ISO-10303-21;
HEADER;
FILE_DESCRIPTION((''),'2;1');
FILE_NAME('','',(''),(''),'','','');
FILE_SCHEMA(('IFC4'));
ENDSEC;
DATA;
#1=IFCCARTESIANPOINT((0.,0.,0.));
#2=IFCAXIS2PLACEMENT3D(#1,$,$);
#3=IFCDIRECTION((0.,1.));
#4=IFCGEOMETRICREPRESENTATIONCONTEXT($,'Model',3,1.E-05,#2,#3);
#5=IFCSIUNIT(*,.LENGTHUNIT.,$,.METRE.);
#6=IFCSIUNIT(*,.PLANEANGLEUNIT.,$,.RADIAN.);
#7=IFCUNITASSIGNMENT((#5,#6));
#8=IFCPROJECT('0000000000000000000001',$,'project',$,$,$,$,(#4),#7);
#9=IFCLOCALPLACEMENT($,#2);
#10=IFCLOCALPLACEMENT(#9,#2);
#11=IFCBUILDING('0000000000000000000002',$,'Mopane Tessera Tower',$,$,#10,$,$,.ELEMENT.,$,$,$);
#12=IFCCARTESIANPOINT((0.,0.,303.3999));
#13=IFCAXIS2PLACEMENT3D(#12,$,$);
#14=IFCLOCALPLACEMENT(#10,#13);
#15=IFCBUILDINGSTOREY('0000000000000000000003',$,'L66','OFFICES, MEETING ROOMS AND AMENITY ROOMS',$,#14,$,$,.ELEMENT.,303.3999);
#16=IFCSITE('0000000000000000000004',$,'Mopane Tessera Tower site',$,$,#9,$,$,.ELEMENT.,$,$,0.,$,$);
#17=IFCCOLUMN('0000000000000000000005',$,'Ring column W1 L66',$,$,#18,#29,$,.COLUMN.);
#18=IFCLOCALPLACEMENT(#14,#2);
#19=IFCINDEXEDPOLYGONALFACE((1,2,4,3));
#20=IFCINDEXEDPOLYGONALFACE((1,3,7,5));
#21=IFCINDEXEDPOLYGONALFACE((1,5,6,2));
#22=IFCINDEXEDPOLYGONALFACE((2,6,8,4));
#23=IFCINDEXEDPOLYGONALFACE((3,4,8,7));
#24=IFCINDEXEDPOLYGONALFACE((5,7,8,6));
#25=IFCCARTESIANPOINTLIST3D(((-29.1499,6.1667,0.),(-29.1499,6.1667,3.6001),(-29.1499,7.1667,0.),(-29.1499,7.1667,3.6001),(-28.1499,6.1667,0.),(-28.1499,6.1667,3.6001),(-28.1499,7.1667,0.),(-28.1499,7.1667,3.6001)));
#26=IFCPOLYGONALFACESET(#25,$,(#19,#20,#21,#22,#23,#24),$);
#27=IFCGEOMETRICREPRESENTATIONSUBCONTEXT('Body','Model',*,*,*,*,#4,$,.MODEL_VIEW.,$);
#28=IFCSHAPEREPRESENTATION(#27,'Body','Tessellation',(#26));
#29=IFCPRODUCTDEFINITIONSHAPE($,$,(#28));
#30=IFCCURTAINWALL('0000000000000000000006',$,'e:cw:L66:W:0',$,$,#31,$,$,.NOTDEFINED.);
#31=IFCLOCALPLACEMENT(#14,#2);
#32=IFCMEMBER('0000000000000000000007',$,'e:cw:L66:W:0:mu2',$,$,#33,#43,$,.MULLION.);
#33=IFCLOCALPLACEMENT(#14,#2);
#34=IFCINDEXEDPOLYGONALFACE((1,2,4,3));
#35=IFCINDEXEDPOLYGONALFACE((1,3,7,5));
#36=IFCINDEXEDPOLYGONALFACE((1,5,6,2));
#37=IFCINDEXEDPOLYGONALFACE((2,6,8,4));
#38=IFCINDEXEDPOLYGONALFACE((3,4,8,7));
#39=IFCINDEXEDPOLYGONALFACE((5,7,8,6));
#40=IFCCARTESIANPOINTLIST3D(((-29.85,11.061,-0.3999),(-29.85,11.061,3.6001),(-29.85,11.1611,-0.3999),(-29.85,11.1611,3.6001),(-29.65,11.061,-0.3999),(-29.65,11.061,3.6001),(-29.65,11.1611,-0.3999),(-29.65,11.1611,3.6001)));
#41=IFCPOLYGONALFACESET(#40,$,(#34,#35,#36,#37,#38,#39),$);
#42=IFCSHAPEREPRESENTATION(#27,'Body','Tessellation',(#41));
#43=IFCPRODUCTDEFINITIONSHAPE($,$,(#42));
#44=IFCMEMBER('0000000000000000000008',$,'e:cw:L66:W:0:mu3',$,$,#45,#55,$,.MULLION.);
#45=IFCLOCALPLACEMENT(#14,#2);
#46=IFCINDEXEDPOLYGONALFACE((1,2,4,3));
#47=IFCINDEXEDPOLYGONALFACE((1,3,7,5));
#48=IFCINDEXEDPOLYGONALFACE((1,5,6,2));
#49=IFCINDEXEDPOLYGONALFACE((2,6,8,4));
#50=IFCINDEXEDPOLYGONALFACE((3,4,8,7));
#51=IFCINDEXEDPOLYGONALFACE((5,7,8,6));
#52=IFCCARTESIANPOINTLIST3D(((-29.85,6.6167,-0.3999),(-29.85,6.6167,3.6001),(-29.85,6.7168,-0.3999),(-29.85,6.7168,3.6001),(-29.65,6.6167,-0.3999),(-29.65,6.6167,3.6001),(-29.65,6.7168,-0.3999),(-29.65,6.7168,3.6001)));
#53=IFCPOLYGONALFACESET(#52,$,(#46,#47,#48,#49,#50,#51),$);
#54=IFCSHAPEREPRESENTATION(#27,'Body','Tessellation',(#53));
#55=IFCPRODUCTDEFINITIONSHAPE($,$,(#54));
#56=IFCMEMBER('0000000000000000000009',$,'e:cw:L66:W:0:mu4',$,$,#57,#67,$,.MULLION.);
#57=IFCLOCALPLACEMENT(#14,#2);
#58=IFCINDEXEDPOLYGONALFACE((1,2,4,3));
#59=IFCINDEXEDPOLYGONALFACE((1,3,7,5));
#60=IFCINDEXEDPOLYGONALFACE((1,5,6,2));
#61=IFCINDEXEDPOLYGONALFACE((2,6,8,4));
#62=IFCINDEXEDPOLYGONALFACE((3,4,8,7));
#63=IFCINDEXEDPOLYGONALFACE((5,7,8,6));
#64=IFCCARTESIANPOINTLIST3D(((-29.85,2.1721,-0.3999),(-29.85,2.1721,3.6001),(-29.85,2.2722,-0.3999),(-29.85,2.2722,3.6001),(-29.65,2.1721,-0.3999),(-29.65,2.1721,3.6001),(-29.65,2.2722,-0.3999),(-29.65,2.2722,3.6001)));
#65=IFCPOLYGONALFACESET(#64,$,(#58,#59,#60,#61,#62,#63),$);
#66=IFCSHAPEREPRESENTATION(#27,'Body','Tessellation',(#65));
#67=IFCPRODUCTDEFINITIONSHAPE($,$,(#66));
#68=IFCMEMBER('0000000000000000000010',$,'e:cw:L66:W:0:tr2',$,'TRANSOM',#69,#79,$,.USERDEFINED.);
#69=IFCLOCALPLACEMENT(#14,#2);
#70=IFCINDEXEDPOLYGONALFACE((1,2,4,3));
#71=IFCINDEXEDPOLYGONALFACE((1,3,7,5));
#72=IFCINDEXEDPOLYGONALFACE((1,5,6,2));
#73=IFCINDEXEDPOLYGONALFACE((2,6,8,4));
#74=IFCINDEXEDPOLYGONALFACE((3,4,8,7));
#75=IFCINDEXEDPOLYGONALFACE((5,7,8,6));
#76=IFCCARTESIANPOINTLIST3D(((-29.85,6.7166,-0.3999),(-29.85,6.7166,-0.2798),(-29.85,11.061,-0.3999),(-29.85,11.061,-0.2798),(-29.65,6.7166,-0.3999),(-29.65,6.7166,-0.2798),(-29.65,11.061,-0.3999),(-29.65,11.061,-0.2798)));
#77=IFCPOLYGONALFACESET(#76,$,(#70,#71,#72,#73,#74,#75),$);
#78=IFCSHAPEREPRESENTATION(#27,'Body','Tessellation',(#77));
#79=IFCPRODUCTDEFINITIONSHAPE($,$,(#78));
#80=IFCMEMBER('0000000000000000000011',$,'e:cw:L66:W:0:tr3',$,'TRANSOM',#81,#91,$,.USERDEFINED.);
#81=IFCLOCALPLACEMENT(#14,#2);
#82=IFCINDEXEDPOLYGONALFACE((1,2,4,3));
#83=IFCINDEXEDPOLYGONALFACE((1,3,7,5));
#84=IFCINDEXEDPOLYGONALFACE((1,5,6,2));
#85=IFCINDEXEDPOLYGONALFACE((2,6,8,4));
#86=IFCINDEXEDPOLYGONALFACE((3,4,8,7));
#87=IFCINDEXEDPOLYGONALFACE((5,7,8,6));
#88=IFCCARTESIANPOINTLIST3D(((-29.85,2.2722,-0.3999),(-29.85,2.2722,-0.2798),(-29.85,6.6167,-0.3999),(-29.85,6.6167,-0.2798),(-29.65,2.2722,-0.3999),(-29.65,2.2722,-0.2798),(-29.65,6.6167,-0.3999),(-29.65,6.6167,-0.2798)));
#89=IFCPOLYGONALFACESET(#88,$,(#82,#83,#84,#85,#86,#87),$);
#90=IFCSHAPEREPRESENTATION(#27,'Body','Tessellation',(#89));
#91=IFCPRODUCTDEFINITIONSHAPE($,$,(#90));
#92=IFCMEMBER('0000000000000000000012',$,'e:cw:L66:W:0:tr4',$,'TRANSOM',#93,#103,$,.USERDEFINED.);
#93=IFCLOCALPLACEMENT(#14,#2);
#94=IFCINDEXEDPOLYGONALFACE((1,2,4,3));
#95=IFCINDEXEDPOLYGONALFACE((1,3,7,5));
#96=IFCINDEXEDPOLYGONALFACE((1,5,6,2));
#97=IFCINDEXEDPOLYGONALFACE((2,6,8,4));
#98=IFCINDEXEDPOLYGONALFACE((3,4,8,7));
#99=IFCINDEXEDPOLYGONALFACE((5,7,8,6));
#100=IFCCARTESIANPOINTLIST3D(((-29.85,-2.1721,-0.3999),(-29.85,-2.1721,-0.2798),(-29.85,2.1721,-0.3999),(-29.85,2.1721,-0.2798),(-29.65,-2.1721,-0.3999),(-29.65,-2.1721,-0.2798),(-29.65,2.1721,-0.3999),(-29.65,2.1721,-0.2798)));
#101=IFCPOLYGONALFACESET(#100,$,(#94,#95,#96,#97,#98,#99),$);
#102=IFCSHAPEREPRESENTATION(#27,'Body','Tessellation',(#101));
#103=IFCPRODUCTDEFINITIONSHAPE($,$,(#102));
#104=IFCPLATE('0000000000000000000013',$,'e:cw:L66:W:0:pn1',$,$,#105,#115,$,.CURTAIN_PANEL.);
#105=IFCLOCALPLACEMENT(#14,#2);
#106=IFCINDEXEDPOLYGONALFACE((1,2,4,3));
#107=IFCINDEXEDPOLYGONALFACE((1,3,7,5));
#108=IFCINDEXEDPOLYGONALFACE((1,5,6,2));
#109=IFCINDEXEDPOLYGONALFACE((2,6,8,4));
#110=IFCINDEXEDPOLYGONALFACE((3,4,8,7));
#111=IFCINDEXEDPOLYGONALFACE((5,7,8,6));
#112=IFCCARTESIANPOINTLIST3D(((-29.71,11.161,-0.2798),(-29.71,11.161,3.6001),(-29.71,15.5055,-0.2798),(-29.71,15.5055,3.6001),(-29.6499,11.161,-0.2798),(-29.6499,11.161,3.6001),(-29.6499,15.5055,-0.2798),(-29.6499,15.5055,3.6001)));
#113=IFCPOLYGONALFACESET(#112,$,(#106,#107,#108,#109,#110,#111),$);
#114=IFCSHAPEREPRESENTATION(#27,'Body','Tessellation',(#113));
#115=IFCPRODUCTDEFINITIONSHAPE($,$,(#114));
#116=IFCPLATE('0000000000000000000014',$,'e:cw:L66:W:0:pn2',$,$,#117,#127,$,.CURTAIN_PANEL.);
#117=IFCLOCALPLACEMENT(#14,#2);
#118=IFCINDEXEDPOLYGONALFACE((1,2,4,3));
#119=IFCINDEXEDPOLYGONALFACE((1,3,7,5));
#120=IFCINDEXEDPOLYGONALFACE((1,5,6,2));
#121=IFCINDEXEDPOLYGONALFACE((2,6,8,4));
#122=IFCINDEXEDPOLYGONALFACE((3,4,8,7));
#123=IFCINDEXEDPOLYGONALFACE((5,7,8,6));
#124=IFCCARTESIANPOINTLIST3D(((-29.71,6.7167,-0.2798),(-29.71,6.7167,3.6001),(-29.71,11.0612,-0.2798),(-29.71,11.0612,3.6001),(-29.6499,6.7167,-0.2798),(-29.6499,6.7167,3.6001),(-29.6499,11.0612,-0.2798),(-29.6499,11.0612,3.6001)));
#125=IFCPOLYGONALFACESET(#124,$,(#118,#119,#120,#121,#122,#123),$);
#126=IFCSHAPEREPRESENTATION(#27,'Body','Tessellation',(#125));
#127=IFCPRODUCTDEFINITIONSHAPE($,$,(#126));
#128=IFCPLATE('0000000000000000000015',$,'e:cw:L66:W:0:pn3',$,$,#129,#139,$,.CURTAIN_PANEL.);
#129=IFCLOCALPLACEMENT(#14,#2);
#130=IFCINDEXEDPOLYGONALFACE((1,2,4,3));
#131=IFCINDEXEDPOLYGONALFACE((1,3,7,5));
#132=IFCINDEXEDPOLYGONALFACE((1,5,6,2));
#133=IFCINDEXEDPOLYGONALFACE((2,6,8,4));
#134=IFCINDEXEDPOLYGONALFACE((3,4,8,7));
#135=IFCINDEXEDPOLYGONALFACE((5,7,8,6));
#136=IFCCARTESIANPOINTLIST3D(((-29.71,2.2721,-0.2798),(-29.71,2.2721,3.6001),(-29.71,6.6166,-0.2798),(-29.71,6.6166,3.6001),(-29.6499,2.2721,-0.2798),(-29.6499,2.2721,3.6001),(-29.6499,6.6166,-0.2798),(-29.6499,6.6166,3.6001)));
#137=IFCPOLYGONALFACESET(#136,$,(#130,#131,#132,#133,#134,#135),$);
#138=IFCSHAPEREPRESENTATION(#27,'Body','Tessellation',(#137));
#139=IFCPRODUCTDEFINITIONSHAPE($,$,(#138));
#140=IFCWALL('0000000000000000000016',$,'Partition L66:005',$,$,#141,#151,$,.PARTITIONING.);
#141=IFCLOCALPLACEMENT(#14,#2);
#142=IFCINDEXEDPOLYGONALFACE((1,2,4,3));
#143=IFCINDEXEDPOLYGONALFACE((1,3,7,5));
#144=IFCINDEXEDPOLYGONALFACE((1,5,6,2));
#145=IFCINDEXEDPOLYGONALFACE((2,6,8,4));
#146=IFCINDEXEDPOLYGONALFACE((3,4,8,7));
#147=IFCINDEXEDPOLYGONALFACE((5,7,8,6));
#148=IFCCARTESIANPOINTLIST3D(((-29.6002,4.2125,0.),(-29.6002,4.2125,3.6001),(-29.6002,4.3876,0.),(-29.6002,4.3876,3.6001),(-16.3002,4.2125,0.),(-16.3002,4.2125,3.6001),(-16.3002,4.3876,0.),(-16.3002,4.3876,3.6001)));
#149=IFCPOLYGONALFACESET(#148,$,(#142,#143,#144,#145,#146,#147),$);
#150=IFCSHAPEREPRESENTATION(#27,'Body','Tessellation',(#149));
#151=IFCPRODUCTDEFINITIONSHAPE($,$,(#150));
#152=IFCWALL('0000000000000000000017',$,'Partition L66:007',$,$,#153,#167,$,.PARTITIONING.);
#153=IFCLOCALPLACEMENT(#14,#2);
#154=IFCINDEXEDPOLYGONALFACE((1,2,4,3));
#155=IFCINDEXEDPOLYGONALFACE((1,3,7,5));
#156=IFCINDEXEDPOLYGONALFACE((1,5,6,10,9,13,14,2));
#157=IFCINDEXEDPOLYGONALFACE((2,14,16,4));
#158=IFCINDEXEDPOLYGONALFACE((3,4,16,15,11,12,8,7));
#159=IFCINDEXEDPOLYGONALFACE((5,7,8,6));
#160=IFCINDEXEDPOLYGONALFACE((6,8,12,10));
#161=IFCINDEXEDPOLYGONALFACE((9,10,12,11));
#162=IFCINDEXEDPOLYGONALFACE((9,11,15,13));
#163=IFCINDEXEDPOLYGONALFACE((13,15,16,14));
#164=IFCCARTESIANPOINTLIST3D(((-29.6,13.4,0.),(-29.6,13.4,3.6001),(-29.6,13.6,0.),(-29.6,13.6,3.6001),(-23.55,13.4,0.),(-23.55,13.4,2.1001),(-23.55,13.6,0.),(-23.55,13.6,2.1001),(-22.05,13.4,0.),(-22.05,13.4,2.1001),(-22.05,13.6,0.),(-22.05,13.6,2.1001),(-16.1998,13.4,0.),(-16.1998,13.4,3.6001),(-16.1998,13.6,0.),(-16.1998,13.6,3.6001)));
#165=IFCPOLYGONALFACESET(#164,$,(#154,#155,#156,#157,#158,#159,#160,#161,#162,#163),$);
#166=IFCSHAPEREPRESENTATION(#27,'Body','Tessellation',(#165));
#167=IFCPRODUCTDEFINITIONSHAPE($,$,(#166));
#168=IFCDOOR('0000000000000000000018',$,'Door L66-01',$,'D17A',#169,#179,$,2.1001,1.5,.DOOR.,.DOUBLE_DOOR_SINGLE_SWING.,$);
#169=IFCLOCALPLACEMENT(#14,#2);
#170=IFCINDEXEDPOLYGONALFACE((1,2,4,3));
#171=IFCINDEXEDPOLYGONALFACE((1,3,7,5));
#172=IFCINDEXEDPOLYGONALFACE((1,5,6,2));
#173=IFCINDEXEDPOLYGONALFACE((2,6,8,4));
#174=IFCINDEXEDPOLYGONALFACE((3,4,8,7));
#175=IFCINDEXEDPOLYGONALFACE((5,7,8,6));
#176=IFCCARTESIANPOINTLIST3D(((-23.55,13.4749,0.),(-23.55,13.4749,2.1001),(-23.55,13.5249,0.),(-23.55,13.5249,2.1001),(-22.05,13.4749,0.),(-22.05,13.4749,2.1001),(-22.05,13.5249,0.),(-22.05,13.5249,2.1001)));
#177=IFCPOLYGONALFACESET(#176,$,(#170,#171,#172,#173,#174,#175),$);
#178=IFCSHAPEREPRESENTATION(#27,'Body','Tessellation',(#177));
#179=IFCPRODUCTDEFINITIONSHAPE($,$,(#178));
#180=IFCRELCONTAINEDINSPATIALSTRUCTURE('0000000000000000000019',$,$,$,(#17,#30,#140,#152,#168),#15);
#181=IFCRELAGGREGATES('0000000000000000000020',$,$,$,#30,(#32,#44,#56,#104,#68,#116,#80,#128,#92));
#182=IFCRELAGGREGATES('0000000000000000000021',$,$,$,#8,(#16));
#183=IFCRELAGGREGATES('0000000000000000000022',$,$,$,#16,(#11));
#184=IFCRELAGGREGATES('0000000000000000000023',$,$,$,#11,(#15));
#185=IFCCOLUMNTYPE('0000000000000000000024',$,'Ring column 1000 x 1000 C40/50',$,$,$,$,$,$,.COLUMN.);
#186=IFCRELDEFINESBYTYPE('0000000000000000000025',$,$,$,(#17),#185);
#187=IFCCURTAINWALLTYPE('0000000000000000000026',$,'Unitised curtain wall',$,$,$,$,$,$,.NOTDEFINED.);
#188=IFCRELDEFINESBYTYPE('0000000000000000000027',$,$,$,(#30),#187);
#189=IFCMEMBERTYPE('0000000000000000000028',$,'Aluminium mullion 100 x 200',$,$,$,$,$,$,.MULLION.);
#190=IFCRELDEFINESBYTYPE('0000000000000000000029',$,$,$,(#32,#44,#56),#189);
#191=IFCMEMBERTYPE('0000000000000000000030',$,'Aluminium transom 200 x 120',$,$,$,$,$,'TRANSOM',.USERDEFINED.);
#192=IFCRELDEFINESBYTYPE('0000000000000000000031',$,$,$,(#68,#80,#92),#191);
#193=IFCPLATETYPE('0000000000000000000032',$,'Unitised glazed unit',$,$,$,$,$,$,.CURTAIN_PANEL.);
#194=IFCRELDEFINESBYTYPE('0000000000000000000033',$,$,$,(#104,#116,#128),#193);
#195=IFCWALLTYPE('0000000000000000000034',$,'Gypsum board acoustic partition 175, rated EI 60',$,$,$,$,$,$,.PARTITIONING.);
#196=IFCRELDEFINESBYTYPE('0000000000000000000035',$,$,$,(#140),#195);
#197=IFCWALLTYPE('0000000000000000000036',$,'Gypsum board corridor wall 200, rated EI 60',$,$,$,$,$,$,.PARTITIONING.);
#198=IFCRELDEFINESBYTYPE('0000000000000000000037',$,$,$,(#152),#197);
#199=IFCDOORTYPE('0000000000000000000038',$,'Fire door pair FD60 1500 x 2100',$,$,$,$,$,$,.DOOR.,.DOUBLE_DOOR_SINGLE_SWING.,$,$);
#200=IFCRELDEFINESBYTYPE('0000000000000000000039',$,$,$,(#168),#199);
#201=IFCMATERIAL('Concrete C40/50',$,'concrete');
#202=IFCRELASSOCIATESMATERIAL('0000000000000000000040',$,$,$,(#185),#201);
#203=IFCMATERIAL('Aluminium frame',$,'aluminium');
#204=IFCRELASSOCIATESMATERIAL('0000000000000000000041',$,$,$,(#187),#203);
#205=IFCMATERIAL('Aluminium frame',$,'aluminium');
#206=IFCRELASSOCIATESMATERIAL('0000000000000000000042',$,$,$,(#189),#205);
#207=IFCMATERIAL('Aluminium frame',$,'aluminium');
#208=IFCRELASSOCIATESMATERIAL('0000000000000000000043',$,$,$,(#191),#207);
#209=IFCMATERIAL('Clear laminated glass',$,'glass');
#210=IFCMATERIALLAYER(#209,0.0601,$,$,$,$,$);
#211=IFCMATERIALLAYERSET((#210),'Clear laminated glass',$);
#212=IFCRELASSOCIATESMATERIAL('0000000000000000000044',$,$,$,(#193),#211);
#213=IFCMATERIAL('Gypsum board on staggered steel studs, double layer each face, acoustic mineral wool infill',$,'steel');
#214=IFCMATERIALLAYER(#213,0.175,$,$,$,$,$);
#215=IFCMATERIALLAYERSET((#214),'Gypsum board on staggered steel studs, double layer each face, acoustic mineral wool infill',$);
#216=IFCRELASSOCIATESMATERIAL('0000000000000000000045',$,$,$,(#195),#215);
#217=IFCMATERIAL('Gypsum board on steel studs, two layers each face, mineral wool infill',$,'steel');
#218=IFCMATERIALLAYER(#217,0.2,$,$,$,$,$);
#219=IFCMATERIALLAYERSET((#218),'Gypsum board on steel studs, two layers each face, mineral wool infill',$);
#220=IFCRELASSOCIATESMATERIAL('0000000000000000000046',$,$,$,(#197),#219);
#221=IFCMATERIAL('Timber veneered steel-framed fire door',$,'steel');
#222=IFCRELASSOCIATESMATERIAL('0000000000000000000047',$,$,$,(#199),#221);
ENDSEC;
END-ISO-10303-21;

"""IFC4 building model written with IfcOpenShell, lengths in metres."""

from ifc_helpers import new_model, si_unit, direction, frame, frame_2d, origin, origin_2d, place, context, subcontext, project, spatial, rectangle, extrude, material, layer, layer_set, material_profile, profile_set, type_object, element, fill, aggregate, save


model = new_model("IFC4")

# Units and contexts
model_context = context("Model", 3, precision=1e-05, world=origin(), true_north=direction((0.0, 1.0)))
body_context = subcontext(model_context, "Body", "Model", "MODEL_VIEW")
ifc_project = project(units=[si_unit("LENGTHUNIT", "METRE"), si_unit("PLANEANGLEUNIT", "RADIAN")], contexts=[model_context])

# Site, building, storey
site_placement = place(None, origin())
site = spatial("IfcSite", under=ifc_project, at=site_placement, Name="Mopane Tessera Tower site", CompositionType="ELEMENT", RefElevation=0.0)
building_placement = place(site_placement, origin())
building = spatial("IfcBuilding", under=site, at=building_placement, Name="Mopane Tessera Tower", CompositionType="ELEMENT")
storey_placement = place(building_placement, frame((0.0, 0.0, 303.3999)))
storey = spatial("IfcBuildingStorey", under=building, at=storey_placement, Name="L66", Description="OFFICES, MEETING ROOMS AND AMENITY ROOMS", CompositionType="ELEMENT", Elevation=303.3999)

# Column
ifc_material_1 = material(Name="Concrete C40/50", Category="concrete")
ifc_material_profile_1 = material_profile(ifc_material_1, rectangle(XDim=1.0, YDim=1.0, at=origin_2d()))
ifc_profile_set_1 = profile_set([ifc_material_profile_1], Name="Concrete C40/50")
column_type = type_object("IfcColumnType", Name="Ring column 1000 x 1000 C40/50", PredefinedType="COLUMN", material=ifc_profile_set_1)
column_placement = place(storey_placement, frame((-28.6499, 6.6667, 0.0), z_axis=(0.0, 0.0, 1.0), x_axis=(1.0, 0.0, 0.0)))
element("IfcColumn", 1, at=column_placement, inside=storey, type_object=column_type, Name="Ring column W1 L66", PredefinedType="COLUMN", context=body_context, shape_type="SweptSolid", body=[
    extrude(rectangle(XDim=1.0, YDim=1.0, at=origin_2d()), origin(), (0.0, 0.0, 1.0), 3.6001),
])

# Curtain wall, members, plates
ifc_material_2 = material(Name="Aluminium frame", Category="aluminium")
curtain_wall_type = type_object("IfcCurtainWallType", Name="Unitised curtain wall", PredefinedType="NOTDEFINED", material=ifc_material_2)
curtain_wall_placement = place(storey_placement, origin())
curtain_wall = element("IfcCurtainWall", 2, at=curtain_wall_placement, inside=storey, type_object=curtain_wall_type, Name="e:cw:L66:W:0", PredefinedType="NOTDEFINED")
ifc_material_3 = material(Name="Aluminium frame", Category="aluminium")
ifc_material_profile_2 = material_profile(ifc_material_3, rectangle(XDim=0.1001, YDim=0.2, at=origin_2d()))
ifc_profile_set_2 = profile_set([ifc_material_profile_2], Name="Aluminium frame")
member_type_1 = type_object("IfcMemberType", Name="Aluminium mullion 100 x 200", PredefinedType="MULLION", material=ifc_profile_set_2)
member_1_placement = place(storey_placement, frame((-29.75, 11.1111, -0.3999), z_axis=(0.0, 0.0, 1.0), x_axis=(0.0, -1.0, 0.0)))
member_1 = element("IfcMember", 3, at=member_1_placement, type_object=member_type_1, Name="e:cw:L66:W:0:mu2", PredefinedType="MULLION", context=body_context, shape_type="SweptSolid", body=[
    extrude(rectangle(XDim=0.1001, YDim=0.2, at=origin_2d()), origin(), (0.0, 0.0, 1.0), 4.0),
])
member_2_placement = place(storey_placement, frame((-29.75, 6.6667, -0.3999), z_axis=(0.0, 0.0, 1.0), x_axis=(0.0, -1.0, 0.0)))
member_2 = element("IfcMember", 4, at=member_2_placement, type_object=member_type_1, Name="e:cw:L66:W:0:mu3", PredefinedType="MULLION", context=body_context, shape_type="SweptSolid", body=[
    extrude(rectangle(XDim=0.1001, YDim=0.2, at=origin_2d()), origin(), (0.0, 0.0, 1.0), 4.0),
])
member_3_placement = place(storey_placement, frame((-29.75, 2.2222, -0.3999), z_axis=(0.0, 0.0, 1.0), x_axis=(0.0, -1.0, 0.0)))
member_3 = element("IfcMember", 5, at=member_3_placement, type_object=member_type_1, Name="e:cw:L66:W:0:mu4", PredefinedType="MULLION", context=body_context, shape_type="SweptSolid", body=[
    extrude(rectangle(XDim=0.1001, YDim=0.2, at=origin_2d()), origin(), (0.0, 0.0, 1.0), 4.0),
])
ifc_material_4 = material(Name="Aluminium frame", Category="aluminium")
ifc_material_profile_3 = material_profile(ifc_material_4, rectangle(XDim=0.2, YDim=0.1201, at=origin_2d()))
ifc_profile_set_3 = profile_set([ifc_material_profile_3], Name="Aluminium frame")
member_type_2 = type_object("IfcMemberType", Name="Aluminium transom 200 x 120", ElementType="TRANSOM", PredefinedType="USERDEFINED", material=ifc_profile_set_3)
member_4_placement = place(storey_placement, frame((-29.75, 11.061, -0.3398), z_axis=(0.0, -1.0, 0.0), x_axis=(1.0, 0.0, 0.0)))
member_4 = element("IfcMember", 6, at=member_4_placement, type_object=member_type_2, Name="e:cw:L66:W:0:tr2", ObjectType="TRANSOM", PredefinedType="USERDEFINED", context=body_context, shape_type="SweptSolid", body=[
    extrude(rectangle(XDim=0.2, YDim=0.1201, at=origin_2d()), origin(), (0.0, 0.0, 1.0), 4.3445),
])
member_5_placement = place(storey_placement, frame((-29.75, 6.6167, -0.3398), z_axis=(0.0, -1.0, 0.0), x_axis=(1.0, 0.0, 0.0)))
member_5 = element("IfcMember", 7, at=member_5_placement, type_object=member_type_2, Name="e:cw:L66:W:0:tr3", ObjectType="TRANSOM", PredefinedType="USERDEFINED", context=body_context, shape_type="SweptSolid", body=[
    extrude(rectangle(XDim=0.2, YDim=0.1201, at=origin_2d()), origin(), (0.0, 0.0, 1.0), 4.3445),
])
member_6_placement = place(storey_placement, frame((-29.75, 2.1721, -0.3398), z_axis=(0.0, -1.0, 0.0), x_axis=(1.0, 0.0, 0.0)))
member_6 = element("IfcMember", 8, at=member_6_placement, type_object=member_type_2, Name="e:cw:L66:W:0:tr4", ObjectType="TRANSOM", PredefinedType="USERDEFINED", context=body_context, shape_type="SweptSolid", body=[
    extrude(rectangle(XDim=0.2, YDim=0.1201, at=origin_2d()), origin(), (0.0, 0.0, 1.0), 4.3442),
])
ifc_material_5 = material(Name="Clear laminated glass", Category="glass")
ifc_layer_1 = layer(ifc_material_5, 0.0601)
ifc_layer_set_1 = layer_set([ifc_layer_1], Name="Clear laminated glass")
plate_type = type_object("IfcPlateType", Name="Unitised glazed unit", PredefinedType="CURTAIN_PANEL", material=ifc_layer_set_1)
plate_1_placement = place(storey_placement, frame((-29.6799, 13.3333, -0.2798), z_axis=(0.0, 0.0, 1.0), x_axis=(0.0, -1.0, 0.0)))
plate_1 = element("IfcPlate", 9, at=plate_1_placement, type_object=plate_type, Name="e:cw:L66:W:0:pn1", PredefinedType="CURTAIN_PANEL", context=body_context, shape_type="SweptSolid", body=[
    extrude(rectangle(XDim=4.3445, YDim=0.0601, at=origin_2d()), origin(), (0.0, 0.0, 1.0), 3.8799),
])
plate_2_placement = place(storey_placement, frame((-29.6799, 8.8889, -0.2798), z_axis=(0.0, 0.0, 1.0), x_axis=(0.0, -1.0, 0.0)))
plate_2 = element("IfcPlate", 10, at=plate_2_placement, type_object=plate_type, Name="e:cw:L66:W:0:pn2", PredefinedType="CURTAIN_PANEL", context=body_context, shape_type="SweptSolid", body=[
    extrude(rectangle(XDim=4.3445, YDim=0.0601, at=origin_2d()), origin(), (0.0, 0.0, 1.0), 3.8799),
])
plate_3_placement = place(storey_placement, frame((-29.6799, 4.4443, -0.2798), z_axis=(0.0, 0.0, 1.0), x_axis=(0.0, -1.0, 0.0)))
plate_3 = element("IfcPlate", 11, at=plate_3_placement, type_object=plate_type, Name="e:cw:L66:W:0:pn3", PredefinedType="CURTAIN_PANEL", context=body_context, shape_type="SweptSolid", body=[
    extrude(rectangle(XDim=4.3445, YDim=0.0601, at=origin_2d()), origin(), (0.0, 0.0, 1.0), 3.8799),
])
aggregate(curtain_wall, [member_1, member_2, member_3, plate_1, member_4, plate_2, member_5, plate_3, member_6])

# Wall
ifc_material_6 = material(Name="Gypsum board on staggered steel studs, double layer each face, acoustic mineral wool infill", Category="steel")
ifc_layer_2 = layer(ifc_material_6, 0.175)
ifc_layer_set_2 = layer_set([ifc_layer_2], Name="Gypsum board on staggered steel studs, double layer each face, acoustic mineral wool infill")
wall_type_1 = type_object("IfcWallType", Name="Gypsum board acoustic partition 175, rated EI 60", PredefinedType="PARTITIONING", material=ifc_layer_set_2)
wall_1_placement = place(storey_placement, frame((-29.6001, 4.3, 0.0), z_axis=(0.0, 0.0, 1.0), x_axis=(1.0, 0.0, 0.0)))
element("IfcWall", 12, at=wall_1_placement, inside=storey, type_object=wall_type_1, Name="Partition L66:005", PredefinedType="PARTITIONING", context=body_context, shape_type="SweptSolid", body=[
    extrude(rectangle(XDim=13.3, YDim=0.175, at=frame_2d((6.6499, 0.0))), origin(), (0.0, 0.0, 1.0), 3.6001),
])

# Wall, opening, door
ifc_material_7 = material(Name="Gypsum board on steel studs, two layers each face, mineral wool infill", Category="steel")
ifc_layer_3 = layer(ifc_material_7, 0.2)
ifc_layer_set_3 = layer_set([ifc_layer_3], Name="Gypsum board on steel studs, two layers each face, mineral wool infill")
wall_type_2 = type_object("IfcWallType", Name="Gypsum board corridor wall 200, rated EI 60", PredefinedType="PARTITIONING", material=ifc_layer_set_3)
wall_2_placement = place(storey_placement, frame((-29.6001, 13.5, 0.0), z_axis=(0.0, 0.0, 1.0), x_axis=(1.0, 0.0, 0.0)))
wall_2 = element("IfcWall", 13, at=wall_2_placement, inside=storey, type_object=wall_type_2, Name="Partition L66:007", PredefinedType="PARTITIONING", context=body_context, shape_type="SweptSolid", body=[
    extrude(rectangle(XDim=13.4001, YDim=0.2, at=frame_2d((6.7002, 0.0))), origin(), (0.0, 0.0, 1.0), 3.6001),
])
opening_placement = place(wall_2_placement, frame((6.05, 0.0, 0.0)))
opening = element("IfcOpeningElement", 14, at=opening_placement, cuts=wall_2, PredefinedType="OPENING", context=body_context, shape_type="SweptSolid", body=[
    extrude(rectangle(XDim=1.5, YDim=2.1001, at=frame_2d((0.75, 1.05))), frame((0.0, 0.1121, 0.0), z_axis=(0.0, -1.0, 0.0), x_axis=(1.0, 0.0, 0.0)), (0.0, 0.0, 1.0), 0.2239),
])
ifc_material_8 = material(Name="Timber veneered steel-framed fire door", Category="steel")
door_type = type_object("IfcDoorType", Name="Fire door pair FD60 1500 x 2100", OperationType="DOUBLE_DOOR_SINGLE_SWING", PredefinedType="DOOR", material=ifc_material_8)
door_placement = place(opening_placement, origin())
door = element("IfcDoor", 15, at=door_placement, inside=storey, type_object=door_type, Name="Door L66-01", ObjectType="D17A", OperationType="DOUBLE_DOOR_SINGLE_SWING", OverallHeight=2.1001, OverallWidth=1.5, PredefinedType="DOOR", context=body_context, shape_type="SweptSolid", body=[
    extrude(rectangle(XDim=1.5, YDim=2.1001, at=frame_2d((0.75, 1.05))), frame((0.0, 0.0249, 0.0), z_axis=(0.0, -1.0, 0.0), x_axis=(1.0, 0.0, 0.0)), (0.0, 0.0, 1.0), 0.05),
])
fill(opening, door)

save(model, "model.ifc")
